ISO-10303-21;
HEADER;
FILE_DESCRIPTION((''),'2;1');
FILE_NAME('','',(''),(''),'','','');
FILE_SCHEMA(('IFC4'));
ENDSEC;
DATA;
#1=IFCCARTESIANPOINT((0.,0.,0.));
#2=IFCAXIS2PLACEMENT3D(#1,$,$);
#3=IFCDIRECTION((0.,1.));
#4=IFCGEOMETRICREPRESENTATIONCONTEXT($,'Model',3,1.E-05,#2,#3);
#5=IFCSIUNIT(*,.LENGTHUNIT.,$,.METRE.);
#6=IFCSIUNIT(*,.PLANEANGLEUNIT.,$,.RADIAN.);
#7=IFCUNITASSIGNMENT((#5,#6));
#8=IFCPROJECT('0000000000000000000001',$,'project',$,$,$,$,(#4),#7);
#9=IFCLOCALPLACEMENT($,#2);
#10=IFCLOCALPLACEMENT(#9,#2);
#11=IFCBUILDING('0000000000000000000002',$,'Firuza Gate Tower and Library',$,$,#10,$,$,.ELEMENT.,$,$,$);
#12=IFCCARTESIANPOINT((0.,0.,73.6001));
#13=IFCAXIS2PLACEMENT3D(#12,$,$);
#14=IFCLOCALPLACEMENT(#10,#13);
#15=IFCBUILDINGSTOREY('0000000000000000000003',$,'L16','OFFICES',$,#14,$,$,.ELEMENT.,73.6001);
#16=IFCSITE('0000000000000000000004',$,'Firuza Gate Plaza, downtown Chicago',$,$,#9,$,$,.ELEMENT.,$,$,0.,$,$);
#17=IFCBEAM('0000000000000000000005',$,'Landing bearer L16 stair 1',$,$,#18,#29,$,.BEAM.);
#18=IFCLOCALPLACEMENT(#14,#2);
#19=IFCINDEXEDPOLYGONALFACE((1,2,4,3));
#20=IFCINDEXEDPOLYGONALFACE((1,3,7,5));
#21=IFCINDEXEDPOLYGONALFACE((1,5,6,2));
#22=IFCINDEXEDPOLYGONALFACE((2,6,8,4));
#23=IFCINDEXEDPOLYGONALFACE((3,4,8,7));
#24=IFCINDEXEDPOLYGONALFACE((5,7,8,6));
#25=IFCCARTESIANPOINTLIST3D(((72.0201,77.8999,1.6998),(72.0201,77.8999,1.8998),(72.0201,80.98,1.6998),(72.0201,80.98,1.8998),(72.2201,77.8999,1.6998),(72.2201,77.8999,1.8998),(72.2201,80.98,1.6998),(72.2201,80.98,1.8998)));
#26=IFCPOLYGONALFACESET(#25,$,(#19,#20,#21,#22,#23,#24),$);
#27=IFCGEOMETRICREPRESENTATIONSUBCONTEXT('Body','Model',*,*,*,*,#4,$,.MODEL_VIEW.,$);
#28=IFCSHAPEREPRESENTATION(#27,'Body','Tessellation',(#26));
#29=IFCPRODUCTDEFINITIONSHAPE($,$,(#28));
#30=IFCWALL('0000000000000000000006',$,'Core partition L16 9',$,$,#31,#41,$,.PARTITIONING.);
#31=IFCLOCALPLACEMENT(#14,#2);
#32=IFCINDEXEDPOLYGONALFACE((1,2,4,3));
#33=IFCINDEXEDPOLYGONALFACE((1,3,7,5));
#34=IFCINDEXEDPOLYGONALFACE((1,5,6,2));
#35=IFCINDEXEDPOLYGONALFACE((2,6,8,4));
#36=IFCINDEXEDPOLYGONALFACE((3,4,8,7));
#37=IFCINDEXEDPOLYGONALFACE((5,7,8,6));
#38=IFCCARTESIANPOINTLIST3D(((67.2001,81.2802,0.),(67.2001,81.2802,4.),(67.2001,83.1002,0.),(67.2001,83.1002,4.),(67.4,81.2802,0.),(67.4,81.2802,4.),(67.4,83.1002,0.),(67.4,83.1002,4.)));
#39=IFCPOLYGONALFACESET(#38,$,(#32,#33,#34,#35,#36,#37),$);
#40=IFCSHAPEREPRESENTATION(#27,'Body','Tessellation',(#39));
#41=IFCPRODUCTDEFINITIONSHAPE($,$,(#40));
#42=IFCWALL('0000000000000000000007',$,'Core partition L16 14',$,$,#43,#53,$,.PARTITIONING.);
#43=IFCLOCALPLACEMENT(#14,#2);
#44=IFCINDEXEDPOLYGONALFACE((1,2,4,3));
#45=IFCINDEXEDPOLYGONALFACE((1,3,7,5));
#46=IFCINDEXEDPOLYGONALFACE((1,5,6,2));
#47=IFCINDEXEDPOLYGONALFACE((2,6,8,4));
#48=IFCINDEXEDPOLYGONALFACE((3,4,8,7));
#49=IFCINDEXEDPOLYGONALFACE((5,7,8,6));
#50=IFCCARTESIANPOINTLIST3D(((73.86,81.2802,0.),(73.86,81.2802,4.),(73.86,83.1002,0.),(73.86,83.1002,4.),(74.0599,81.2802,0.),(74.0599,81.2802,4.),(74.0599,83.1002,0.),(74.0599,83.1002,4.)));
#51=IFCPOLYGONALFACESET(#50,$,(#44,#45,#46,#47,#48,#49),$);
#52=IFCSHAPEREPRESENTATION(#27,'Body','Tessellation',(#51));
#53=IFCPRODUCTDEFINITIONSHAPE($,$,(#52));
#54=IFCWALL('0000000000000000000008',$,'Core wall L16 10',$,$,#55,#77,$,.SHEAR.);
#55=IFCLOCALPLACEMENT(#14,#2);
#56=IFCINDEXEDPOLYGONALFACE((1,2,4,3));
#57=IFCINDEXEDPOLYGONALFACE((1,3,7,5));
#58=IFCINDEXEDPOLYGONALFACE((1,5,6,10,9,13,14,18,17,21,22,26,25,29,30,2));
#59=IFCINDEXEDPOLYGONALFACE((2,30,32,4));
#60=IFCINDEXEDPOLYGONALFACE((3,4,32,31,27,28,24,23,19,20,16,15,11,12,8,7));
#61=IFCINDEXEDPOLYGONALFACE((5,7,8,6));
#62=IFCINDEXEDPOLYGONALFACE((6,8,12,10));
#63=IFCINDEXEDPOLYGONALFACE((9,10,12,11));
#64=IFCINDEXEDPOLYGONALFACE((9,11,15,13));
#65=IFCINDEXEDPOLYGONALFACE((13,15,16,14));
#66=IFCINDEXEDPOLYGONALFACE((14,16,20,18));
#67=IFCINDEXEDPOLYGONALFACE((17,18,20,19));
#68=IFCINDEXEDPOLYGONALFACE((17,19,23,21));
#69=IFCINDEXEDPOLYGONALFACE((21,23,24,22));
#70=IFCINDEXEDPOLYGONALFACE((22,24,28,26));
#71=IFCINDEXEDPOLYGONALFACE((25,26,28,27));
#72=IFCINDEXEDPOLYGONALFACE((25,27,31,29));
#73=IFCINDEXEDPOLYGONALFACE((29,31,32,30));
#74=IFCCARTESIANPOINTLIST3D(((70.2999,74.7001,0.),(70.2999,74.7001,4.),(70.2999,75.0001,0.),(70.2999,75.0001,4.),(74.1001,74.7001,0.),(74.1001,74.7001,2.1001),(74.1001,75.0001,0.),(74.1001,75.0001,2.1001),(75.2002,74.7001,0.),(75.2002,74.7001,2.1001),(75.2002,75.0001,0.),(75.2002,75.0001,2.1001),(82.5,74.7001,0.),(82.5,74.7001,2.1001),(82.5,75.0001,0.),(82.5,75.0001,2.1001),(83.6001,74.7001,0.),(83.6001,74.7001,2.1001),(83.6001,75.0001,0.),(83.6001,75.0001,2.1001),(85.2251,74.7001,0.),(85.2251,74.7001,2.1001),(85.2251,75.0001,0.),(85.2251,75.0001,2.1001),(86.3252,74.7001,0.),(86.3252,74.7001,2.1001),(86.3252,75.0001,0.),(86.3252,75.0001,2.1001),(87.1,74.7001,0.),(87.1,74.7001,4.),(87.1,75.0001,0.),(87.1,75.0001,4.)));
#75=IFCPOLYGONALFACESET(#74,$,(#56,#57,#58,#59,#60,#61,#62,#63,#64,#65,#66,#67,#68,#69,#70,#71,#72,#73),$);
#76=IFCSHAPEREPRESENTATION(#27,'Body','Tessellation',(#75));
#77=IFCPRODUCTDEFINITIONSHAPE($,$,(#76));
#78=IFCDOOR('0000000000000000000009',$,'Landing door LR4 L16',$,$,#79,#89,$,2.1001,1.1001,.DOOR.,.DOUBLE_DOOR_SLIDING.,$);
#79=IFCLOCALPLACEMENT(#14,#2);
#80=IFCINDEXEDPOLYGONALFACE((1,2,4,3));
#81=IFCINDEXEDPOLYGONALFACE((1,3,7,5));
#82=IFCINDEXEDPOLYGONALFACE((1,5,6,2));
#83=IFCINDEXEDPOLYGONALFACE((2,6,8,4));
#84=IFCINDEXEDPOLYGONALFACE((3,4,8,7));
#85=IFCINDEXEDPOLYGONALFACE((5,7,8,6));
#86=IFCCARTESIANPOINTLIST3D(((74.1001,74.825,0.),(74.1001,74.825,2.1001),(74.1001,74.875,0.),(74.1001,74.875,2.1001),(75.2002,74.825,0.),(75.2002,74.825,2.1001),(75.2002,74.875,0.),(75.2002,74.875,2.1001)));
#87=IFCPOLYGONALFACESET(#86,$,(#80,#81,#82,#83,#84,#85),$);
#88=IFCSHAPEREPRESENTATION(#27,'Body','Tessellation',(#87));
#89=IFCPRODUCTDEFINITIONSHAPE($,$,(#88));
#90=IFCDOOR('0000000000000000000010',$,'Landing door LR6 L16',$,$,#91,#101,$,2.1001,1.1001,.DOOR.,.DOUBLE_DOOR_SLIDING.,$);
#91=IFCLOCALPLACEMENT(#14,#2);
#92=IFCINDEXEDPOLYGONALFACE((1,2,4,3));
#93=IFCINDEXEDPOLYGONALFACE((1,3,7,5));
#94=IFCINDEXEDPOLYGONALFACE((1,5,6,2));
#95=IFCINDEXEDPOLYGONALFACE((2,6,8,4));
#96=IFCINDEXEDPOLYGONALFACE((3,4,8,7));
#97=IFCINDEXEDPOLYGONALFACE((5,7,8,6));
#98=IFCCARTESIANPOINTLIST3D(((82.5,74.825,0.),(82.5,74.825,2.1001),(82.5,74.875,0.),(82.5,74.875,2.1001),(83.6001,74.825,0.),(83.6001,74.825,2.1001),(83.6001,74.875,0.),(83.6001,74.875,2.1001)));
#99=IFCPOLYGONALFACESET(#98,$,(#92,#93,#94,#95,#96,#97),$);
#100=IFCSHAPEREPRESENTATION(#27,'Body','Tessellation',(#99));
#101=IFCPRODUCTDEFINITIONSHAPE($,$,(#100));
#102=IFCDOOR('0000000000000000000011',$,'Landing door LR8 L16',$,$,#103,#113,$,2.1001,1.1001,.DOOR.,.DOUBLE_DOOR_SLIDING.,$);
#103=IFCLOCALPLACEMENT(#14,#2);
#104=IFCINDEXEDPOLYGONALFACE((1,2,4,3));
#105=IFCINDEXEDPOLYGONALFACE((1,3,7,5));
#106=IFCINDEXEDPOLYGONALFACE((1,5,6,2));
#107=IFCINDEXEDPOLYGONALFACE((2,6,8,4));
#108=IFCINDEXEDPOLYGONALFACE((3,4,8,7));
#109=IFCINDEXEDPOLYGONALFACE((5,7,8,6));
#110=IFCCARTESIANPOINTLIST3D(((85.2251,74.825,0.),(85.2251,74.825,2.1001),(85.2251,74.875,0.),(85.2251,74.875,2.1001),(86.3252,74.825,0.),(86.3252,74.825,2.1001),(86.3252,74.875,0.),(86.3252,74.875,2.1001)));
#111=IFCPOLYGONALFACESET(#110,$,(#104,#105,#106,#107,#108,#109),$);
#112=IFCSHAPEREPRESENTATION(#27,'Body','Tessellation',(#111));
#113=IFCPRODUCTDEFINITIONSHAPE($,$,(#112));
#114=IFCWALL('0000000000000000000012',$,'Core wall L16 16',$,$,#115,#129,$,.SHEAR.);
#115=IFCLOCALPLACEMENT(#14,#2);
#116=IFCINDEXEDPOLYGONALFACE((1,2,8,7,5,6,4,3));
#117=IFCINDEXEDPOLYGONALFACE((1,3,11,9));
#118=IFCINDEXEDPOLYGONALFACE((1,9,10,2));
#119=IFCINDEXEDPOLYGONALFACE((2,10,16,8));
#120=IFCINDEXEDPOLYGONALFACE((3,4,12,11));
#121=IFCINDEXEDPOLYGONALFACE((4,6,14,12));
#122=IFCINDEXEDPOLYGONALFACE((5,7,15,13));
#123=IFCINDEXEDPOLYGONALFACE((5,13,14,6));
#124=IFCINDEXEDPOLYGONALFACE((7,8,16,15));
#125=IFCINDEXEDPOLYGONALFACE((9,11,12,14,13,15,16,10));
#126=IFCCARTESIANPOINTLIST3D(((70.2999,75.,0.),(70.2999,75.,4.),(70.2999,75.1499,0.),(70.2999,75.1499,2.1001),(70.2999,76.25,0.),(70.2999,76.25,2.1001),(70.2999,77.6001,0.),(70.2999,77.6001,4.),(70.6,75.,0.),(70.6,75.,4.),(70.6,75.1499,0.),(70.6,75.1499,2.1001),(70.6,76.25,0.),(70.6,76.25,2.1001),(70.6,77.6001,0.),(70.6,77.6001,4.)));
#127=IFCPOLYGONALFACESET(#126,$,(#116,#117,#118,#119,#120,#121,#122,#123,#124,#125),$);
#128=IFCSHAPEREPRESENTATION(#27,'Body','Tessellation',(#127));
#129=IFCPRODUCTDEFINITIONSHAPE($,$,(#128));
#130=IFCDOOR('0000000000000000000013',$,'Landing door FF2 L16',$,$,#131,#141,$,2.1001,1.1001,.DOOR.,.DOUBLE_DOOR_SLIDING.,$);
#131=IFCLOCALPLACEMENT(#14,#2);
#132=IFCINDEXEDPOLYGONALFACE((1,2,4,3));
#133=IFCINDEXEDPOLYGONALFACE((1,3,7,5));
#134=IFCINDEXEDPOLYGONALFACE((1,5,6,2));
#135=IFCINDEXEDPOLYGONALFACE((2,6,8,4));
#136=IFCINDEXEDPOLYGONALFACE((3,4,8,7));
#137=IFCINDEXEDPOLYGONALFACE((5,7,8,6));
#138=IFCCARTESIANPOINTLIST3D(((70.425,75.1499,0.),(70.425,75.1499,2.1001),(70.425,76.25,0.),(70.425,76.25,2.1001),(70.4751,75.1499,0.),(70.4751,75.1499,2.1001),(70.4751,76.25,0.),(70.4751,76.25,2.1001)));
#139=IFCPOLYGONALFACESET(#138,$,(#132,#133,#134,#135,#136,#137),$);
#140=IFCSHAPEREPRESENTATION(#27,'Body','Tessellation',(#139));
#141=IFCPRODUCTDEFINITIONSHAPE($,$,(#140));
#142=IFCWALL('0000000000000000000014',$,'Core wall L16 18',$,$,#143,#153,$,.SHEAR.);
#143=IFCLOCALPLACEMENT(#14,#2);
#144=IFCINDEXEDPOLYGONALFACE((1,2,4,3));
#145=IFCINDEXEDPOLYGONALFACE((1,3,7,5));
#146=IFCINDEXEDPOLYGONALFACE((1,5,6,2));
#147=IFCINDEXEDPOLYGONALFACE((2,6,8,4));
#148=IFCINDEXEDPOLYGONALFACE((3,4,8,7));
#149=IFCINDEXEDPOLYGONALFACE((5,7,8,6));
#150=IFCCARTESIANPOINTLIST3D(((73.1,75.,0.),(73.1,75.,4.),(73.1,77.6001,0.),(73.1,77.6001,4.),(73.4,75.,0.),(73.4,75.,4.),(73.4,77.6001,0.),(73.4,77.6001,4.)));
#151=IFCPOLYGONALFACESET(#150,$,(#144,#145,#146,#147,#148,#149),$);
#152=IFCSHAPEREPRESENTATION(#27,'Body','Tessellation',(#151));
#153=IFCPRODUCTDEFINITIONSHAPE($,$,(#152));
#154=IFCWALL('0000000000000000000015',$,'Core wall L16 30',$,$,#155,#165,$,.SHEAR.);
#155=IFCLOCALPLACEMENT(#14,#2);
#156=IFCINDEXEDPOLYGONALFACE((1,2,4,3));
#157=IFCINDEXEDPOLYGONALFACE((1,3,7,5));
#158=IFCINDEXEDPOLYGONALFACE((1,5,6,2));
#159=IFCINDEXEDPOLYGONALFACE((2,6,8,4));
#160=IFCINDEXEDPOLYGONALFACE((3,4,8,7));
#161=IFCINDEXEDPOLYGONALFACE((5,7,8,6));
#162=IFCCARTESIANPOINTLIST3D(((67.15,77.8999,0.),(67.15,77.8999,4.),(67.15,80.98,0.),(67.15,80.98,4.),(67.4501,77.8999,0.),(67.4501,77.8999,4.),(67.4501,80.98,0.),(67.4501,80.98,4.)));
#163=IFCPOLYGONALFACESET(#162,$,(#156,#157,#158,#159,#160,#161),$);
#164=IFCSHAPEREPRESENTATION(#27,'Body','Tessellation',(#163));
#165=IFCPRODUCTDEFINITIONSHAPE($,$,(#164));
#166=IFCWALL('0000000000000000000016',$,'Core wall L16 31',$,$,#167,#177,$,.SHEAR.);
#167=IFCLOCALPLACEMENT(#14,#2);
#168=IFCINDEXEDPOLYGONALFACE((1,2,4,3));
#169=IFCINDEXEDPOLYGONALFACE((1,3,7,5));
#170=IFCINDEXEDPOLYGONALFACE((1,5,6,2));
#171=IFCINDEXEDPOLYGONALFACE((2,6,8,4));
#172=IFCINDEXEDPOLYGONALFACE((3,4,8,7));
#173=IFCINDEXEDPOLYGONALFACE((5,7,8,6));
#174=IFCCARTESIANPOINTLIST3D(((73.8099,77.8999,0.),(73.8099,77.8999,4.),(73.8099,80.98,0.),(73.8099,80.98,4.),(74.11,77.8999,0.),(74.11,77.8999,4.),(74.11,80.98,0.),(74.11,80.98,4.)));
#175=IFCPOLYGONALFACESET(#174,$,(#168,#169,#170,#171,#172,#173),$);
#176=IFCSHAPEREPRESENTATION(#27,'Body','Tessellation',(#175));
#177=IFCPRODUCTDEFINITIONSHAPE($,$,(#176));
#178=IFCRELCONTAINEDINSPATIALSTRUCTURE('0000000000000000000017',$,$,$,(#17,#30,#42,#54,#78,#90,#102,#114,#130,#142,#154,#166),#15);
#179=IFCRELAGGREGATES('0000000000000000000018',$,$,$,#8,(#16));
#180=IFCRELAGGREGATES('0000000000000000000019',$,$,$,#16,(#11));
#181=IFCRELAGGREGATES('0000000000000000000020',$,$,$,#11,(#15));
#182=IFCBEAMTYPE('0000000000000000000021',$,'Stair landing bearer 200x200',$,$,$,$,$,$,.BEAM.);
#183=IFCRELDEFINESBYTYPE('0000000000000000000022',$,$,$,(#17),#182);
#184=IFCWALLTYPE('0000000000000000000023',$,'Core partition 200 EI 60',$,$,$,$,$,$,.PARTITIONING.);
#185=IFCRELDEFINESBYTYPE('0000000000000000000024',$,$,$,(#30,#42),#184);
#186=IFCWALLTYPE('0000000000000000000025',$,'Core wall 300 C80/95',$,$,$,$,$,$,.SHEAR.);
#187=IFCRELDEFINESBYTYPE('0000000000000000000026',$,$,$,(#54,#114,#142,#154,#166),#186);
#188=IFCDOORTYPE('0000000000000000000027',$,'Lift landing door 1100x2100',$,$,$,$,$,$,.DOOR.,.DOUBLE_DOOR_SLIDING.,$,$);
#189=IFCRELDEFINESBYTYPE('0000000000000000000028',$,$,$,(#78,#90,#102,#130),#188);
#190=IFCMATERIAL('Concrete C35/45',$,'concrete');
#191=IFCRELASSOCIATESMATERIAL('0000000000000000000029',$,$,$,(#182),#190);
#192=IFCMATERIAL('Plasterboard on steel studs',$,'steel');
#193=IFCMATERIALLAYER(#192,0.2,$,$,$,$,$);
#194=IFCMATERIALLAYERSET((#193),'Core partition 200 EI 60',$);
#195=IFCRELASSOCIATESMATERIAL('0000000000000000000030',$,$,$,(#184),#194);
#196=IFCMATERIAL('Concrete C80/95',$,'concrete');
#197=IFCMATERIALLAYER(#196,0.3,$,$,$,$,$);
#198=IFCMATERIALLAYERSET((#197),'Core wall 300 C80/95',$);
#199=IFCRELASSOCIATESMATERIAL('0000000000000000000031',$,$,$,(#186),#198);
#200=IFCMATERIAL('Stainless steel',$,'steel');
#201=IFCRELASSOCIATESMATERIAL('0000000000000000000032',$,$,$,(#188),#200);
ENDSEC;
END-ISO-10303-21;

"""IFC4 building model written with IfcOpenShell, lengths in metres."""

from ifc_helpers import new_model, si_unit, direction, frame, frame_2d, origin, origin_2d, place, context, subcontext, project, spatial, rectangle, extrude, material, layer, layer_set, material_profile, profile_set, type_object, element, fill, save


model = new_model("IFC4")

# Units and contexts
model_context = context("Model", 3, precision=1e-05, world=origin(), true_north=direction((0.0, 1.0)))
body_context = subcontext(model_context, "Body", "Model", "MODEL_VIEW")
ifc_project = project(units=[si_unit("LENGTHUNIT", "METRE"), si_unit("PLANEANGLEUNIT", "RADIAN")], contexts=[model_context])

# Site, building, storey
site_placement = place(None, origin())
site = spatial("IfcSite", under=ifc_project, at=site_placement, Name="Firuza Gate Plaza, downtown Chicago", CompositionType="ELEMENT", RefElevation=0.0)
building_placement = place(site_placement, origin())
building = spatial("IfcBuilding", under=site, at=building_placement, Name="Firuza Gate Tower and Library", CompositionType="ELEMENT")
storey_placement = place(building_placement, frame((0.0, 0.0, 73.6001)))
storey = spatial("IfcBuildingStorey", under=building, at=storey_placement, Name="L16", Description="OFFICES", CompositionType="ELEMENT", Elevation=73.6001)

# Beam
ifc_material_1 = material(Name="Concrete C35/45", Category="concrete")
ifc_material_profile = material_profile(ifc_material_1, rectangle(XDim=0.2, YDim=0.2, at=origin_2d()))
ifc_profile_set = profile_set([ifc_material_profile], Name="Concrete C35/45")
beam_type = type_object("IfcBeamType", Name="Stair landing bearer 200x200", PredefinedType="BEAM", material=ifc_profile_set)
beam_placement = place(storey_placement, frame((72.1201, 77.8999, 1.7998), z_axis=(0.0, 1.0, 0.0), x_axis=(-1.0, 0.0, 0.0)))
element("IfcBeam", 1, at=beam_placement, inside=storey, type_object=beam_type, Name="Landing bearer L16 stair 1", PredefinedType="BEAM", context=body_context, shape_type="SweptSolid", body=[
    extrude(rectangle(XDim=0.2, YDim=0.2, at=origin_2d()), origin(), (0.0, 0.0, 1.0), 3.0801),
])

# Walls
ifc_material_2 = material(Name="Plasterboard on steel studs", Category="steel")
ifc_layer_1 = layer(ifc_material_2, 0.2)
ifc_layer_set_1 = layer_set([ifc_layer_1], Name="Core partition 200 EI 60")
wall_type_1 = type_object("IfcWallType", Name="Core partition 200 EI 60", PredefinedType="PARTITIONING", material=ifc_layer_set_1)
for number, where, z_axis, x_axis, name in (
    (2, (67.3, 81.28, 0.0), (0.0, 0.0, 1.0), (0.0, 1.0, 0.0), "Core partition L16 9"),
    (3, (73.96, 81.28, 0.0), (0.0, 0.0, 1.0), (0.0, 1.0, 0.0), "Core partition L16 14"),
):
    element("IfcWall", number, at=place(storey_placement, frame(where, z_axis=z_axis, x_axis=x_axis)), inside=storey, type_object=wall_type_1, Name=name, PredefinedType="PARTITIONING", context=body_context, shape_type="SweptSolid", body=[
        extrude(rectangle(XDim=1.8201, YDim=0.2, at=frame_2d((0.9102, 0.0))), origin(), (0.0, 0.0, 1.0), 4.0),
    ])

# Wall, openings, doors
ifc_material_3 = material(Name="Concrete C80/95", Category="concrete")
ifc_layer_2 = layer(ifc_material_3, 0.3)
ifc_layer_set_2 = layer_set([ifc_layer_2], Name="Core wall 300 C80/95")
wall_type_2 = type_object("IfcWallType", Name="Core wall 300 C80/95", PredefinedType="SHEAR", material=ifc_layer_set_2)
wall_1_placement = place(storey_placement, frame((70.3, 74.8501, 0.0), z_axis=(0.0, 0.0, 1.0), x_axis=(1.0, 0.0, 0.0)))
wall_1 = element("IfcWall", 4, at=wall_1_placement, inside=storey, type_object=wall_type_2, Name="Core wall L16 10", PredefinedType="SHEAR", context=body_context, shape_type="SweptSolid", body=[
    extrude(rectangle(XDim=16.8, YDim=0.3, at=frame_2d((8.3999, 0.0))), origin(), (0.0, 0.0, 1.0), 4.0),
])
opening_1_placement = place(wall_1_placement, frame((3.8, 0.0, 0.0)))
opening_1 = element("IfcOpeningElement", 5, at=opening_1_placement, cuts=wall_1, PredefinedType="OPENING", context=body_context, shape_type="SweptSolid", body=[
    extrude(rectangle(XDim=1.1001, YDim=2.1001, at=frame_2d((0.55, 1.05))), frame((0.0, 0.1602, 0.0), z_axis=(0.0, -1.0, 0.0), x_axis=(1.0, 0.0, 0.0)), (0.0, 0.0, 1.0), 0.3201),
])
opening_2_placement = place(wall_1_placement, frame((12.2, 0.0, 0.0)))
opening_2 = element("IfcOpeningElement", 6, at=opening_2_placement, cuts=wall_1, PredefinedType="OPENING", context=body_context, shape_type="SweptSolid", body=[
    extrude(rectangle(XDim=1.1001, YDim=2.1001, at=frame_2d((0.55, 1.05))), frame((0.0, 0.1602, 0.0), z_axis=(0.0, -1.0, 0.0), x_axis=(1.0, 0.0, 0.0)), (0.0, 0.0, 1.0), 0.3201),
])
opening_3_placement = place(wall_1_placement, frame((14.925, 0.0, 0.0)))
opening_3 = element("IfcOpeningElement", 7, at=opening_3_placement, cuts=wall_1, PredefinedType="OPENING", context=body_context, shape_type="SweptSolid", body=[
    extrude(rectangle(XDim=1.1001, YDim=2.1001, at=frame_2d((0.55, 1.05))), frame((0.0, 0.1602, 0.0), z_axis=(0.0, -1.0, 0.0), x_axis=(1.0, 0.0, 0.0)), (0.0, 0.0, 1.0), 0.3201),
])
ifc_material_4 = material(Name="Stainless steel", Category="steel")
door_type = type_object("IfcDoorType", Name="Lift landing door 1100x2100", OperationType="DOUBLE_DOOR_SLIDING", PredefinedType="DOOR", material=ifc_material_4)
door_1_placement = place(opening_1_placement, origin())
door_1 = element("IfcDoor", 8, at=door_1_placement, inside=storey, type_object=door_type, Name="Landing door LR4 L16", OperationType="DOUBLE_DOOR_SLIDING", OverallHeight=2.1001, OverallWidth=1.1001, PredefinedType="DOOR", context=body_context, shape_type="SweptSolid", body=[
    extrude(rectangle(XDim=1.1001, YDim=2.1001, at=frame_2d((0.55, 1.05))), frame((0.0, 0.0249, 0.0), z_axis=(0.0, -1.0, 0.0), x_axis=(1.0, 0.0, 0.0)), (0.0, 0.0, 1.0), 0.05),
])
fill(opening_1, door_1)
door_2_placement = place(opening_2_placement, origin())
door_2 = element("IfcDoor", 9, at=door_2_placement, inside=storey, type_object=door_type, Name="Landing door LR6 L16", OperationType="DOUBLE_DOOR_SLIDING", OverallHeight=2.1001, OverallWidth=1.1001, PredefinedType="DOOR", context=body_context, shape_type="SweptSolid", body=[
    extrude(rectangle(XDim=1.1001, YDim=2.1001, at=frame_2d((0.55, 1.05))), frame((0.0, 0.0249, 0.0), z_axis=(0.0, -1.0, 0.0), x_axis=(1.0, 0.0, 0.0)), (0.0, 0.0, 1.0), 0.05),
])
fill(opening_2, door_2)
door_3_placement = place(opening_3_placement, origin())
door_3 = element("IfcDoor", 10, at=door_3_placement, inside=storey, type_object=door_type, Name="Landing door LR8 L16", OperationType="DOUBLE_DOOR_SLIDING", OverallHeight=2.1001, OverallWidth=1.1001, PredefinedType="DOOR", context=body_context, shape_type="SweptSolid", body=[
    extrude(rectangle(XDim=1.1001, YDim=2.1001, at=frame_2d((0.55, 1.05))), frame((0.0, 0.0249, 0.0), z_axis=(0.0, -1.0, 0.0), x_axis=(1.0, 0.0, 0.0)), (0.0, 0.0, 1.0), 0.05),
])
fill(opening_3, door_3)

# Wall, opening, door
wall_2_placement = place(storey_placement, frame((70.45, 75.0, 0.0), z_axis=(0.0, 0.0, 1.0), x_axis=(0.0, 1.0, 0.0)))
wall_2 = element("IfcWall", 11, at=wall_2_placement, inside=storey, type_object=wall_type_2, Name="Core wall L16 16", PredefinedType="SHEAR", context=body_context, shape_type="SweptSolid", body=[
    extrude(rectangle(XDim=2.6001, YDim=0.3, at=frame_2d((1.3, 0.0))), origin(), (0.0, 0.0, 1.0), 4.0),
])
opening_4_placement = place(wall_2_placement, frame((0.1499, 0.0, 0.0)))
opening_4 = element("IfcOpeningElement", 12, at=opening_4_placement, cuts=wall_2, PredefinedType="OPENING", context=body_context, shape_type="SweptSolid", body=[
    extrude(rectangle(XDim=1.1001, YDim=2.1001, at=frame_2d((0.55, 1.05))), frame((0.0, 0.1602, 0.0), z_axis=(0.0, -1.0, 0.0), x_axis=(1.0, 0.0, 0.0)), (0.0, 0.0, 1.0), 0.3201),
])
door_4_placement = place(opening_4_placement, origin())
door_4 = element("IfcDoor", 13, at=door_4_placement, inside=storey, type_object=door_type, Name="Landing door FF2 L16", OperationType="DOUBLE_DOOR_SLIDING", OverallHeight=2.1001, OverallWidth=1.1001, PredefinedType="DOOR", context=body_context, shape_type="SweptSolid", body=[
    extrude(rectangle(XDim=1.1001, YDim=2.1001, at=frame_2d((0.55, 1.05))), frame((0.0, 0.0249, 0.0), z_axis=(0.0, -1.0, 0.0), x_axis=(1.0, 0.0, 0.0)), (0.0, 0.0, 1.0), 0.05),
])
fill(opening_4, door_4)

# Walls
wall_3_placement = place(storey_placement, frame((73.25, 75.0, 0.0), z_axis=(0.0, 0.0, 1.0), x_axis=(0.0, 1.0, 0.0)))
element("IfcWall", 14, at=wall_3_placement, inside=storey, type_object=wall_type_2, Name="Core wall L16 18", PredefinedType="SHEAR", context=body_context, shape_type="SweptSolid", body=[
    extrude(rectangle(XDim=2.6001, YDim=0.3, at=frame_2d((1.3, 0.0))), origin(), (0.0, 0.0, 1.0), 4.0),
])
for number, where, z_axis, x_axis, name in (
    (15, (67.3, 77.8999, 0.0), (0.0, 0.0, 1.0), (0.0, 1.0, 0.0), "Core wall L16 30"),
    (16, (73.96, 77.8999, 0.0), (0.0, 0.0, 1.0), (0.0, 1.0, 0.0), "Core wall L16 31"),
):
    element("IfcWall", number, at=place(storey_placement, frame(where, z_axis=z_axis, x_axis=x_axis)), inside=storey, type_object=wall_type_2, Name=name, PredefinedType="SHEAR", context=body_context, shape_type="SweptSolid", body=[
        extrude(rectangle(XDim=3.0801, YDim=0.3, at=frame_2d((1.54, 0.0))), origin(), (0.0, 0.0, 1.0), 4.0),
    ])

save(model, "model.ifc")
